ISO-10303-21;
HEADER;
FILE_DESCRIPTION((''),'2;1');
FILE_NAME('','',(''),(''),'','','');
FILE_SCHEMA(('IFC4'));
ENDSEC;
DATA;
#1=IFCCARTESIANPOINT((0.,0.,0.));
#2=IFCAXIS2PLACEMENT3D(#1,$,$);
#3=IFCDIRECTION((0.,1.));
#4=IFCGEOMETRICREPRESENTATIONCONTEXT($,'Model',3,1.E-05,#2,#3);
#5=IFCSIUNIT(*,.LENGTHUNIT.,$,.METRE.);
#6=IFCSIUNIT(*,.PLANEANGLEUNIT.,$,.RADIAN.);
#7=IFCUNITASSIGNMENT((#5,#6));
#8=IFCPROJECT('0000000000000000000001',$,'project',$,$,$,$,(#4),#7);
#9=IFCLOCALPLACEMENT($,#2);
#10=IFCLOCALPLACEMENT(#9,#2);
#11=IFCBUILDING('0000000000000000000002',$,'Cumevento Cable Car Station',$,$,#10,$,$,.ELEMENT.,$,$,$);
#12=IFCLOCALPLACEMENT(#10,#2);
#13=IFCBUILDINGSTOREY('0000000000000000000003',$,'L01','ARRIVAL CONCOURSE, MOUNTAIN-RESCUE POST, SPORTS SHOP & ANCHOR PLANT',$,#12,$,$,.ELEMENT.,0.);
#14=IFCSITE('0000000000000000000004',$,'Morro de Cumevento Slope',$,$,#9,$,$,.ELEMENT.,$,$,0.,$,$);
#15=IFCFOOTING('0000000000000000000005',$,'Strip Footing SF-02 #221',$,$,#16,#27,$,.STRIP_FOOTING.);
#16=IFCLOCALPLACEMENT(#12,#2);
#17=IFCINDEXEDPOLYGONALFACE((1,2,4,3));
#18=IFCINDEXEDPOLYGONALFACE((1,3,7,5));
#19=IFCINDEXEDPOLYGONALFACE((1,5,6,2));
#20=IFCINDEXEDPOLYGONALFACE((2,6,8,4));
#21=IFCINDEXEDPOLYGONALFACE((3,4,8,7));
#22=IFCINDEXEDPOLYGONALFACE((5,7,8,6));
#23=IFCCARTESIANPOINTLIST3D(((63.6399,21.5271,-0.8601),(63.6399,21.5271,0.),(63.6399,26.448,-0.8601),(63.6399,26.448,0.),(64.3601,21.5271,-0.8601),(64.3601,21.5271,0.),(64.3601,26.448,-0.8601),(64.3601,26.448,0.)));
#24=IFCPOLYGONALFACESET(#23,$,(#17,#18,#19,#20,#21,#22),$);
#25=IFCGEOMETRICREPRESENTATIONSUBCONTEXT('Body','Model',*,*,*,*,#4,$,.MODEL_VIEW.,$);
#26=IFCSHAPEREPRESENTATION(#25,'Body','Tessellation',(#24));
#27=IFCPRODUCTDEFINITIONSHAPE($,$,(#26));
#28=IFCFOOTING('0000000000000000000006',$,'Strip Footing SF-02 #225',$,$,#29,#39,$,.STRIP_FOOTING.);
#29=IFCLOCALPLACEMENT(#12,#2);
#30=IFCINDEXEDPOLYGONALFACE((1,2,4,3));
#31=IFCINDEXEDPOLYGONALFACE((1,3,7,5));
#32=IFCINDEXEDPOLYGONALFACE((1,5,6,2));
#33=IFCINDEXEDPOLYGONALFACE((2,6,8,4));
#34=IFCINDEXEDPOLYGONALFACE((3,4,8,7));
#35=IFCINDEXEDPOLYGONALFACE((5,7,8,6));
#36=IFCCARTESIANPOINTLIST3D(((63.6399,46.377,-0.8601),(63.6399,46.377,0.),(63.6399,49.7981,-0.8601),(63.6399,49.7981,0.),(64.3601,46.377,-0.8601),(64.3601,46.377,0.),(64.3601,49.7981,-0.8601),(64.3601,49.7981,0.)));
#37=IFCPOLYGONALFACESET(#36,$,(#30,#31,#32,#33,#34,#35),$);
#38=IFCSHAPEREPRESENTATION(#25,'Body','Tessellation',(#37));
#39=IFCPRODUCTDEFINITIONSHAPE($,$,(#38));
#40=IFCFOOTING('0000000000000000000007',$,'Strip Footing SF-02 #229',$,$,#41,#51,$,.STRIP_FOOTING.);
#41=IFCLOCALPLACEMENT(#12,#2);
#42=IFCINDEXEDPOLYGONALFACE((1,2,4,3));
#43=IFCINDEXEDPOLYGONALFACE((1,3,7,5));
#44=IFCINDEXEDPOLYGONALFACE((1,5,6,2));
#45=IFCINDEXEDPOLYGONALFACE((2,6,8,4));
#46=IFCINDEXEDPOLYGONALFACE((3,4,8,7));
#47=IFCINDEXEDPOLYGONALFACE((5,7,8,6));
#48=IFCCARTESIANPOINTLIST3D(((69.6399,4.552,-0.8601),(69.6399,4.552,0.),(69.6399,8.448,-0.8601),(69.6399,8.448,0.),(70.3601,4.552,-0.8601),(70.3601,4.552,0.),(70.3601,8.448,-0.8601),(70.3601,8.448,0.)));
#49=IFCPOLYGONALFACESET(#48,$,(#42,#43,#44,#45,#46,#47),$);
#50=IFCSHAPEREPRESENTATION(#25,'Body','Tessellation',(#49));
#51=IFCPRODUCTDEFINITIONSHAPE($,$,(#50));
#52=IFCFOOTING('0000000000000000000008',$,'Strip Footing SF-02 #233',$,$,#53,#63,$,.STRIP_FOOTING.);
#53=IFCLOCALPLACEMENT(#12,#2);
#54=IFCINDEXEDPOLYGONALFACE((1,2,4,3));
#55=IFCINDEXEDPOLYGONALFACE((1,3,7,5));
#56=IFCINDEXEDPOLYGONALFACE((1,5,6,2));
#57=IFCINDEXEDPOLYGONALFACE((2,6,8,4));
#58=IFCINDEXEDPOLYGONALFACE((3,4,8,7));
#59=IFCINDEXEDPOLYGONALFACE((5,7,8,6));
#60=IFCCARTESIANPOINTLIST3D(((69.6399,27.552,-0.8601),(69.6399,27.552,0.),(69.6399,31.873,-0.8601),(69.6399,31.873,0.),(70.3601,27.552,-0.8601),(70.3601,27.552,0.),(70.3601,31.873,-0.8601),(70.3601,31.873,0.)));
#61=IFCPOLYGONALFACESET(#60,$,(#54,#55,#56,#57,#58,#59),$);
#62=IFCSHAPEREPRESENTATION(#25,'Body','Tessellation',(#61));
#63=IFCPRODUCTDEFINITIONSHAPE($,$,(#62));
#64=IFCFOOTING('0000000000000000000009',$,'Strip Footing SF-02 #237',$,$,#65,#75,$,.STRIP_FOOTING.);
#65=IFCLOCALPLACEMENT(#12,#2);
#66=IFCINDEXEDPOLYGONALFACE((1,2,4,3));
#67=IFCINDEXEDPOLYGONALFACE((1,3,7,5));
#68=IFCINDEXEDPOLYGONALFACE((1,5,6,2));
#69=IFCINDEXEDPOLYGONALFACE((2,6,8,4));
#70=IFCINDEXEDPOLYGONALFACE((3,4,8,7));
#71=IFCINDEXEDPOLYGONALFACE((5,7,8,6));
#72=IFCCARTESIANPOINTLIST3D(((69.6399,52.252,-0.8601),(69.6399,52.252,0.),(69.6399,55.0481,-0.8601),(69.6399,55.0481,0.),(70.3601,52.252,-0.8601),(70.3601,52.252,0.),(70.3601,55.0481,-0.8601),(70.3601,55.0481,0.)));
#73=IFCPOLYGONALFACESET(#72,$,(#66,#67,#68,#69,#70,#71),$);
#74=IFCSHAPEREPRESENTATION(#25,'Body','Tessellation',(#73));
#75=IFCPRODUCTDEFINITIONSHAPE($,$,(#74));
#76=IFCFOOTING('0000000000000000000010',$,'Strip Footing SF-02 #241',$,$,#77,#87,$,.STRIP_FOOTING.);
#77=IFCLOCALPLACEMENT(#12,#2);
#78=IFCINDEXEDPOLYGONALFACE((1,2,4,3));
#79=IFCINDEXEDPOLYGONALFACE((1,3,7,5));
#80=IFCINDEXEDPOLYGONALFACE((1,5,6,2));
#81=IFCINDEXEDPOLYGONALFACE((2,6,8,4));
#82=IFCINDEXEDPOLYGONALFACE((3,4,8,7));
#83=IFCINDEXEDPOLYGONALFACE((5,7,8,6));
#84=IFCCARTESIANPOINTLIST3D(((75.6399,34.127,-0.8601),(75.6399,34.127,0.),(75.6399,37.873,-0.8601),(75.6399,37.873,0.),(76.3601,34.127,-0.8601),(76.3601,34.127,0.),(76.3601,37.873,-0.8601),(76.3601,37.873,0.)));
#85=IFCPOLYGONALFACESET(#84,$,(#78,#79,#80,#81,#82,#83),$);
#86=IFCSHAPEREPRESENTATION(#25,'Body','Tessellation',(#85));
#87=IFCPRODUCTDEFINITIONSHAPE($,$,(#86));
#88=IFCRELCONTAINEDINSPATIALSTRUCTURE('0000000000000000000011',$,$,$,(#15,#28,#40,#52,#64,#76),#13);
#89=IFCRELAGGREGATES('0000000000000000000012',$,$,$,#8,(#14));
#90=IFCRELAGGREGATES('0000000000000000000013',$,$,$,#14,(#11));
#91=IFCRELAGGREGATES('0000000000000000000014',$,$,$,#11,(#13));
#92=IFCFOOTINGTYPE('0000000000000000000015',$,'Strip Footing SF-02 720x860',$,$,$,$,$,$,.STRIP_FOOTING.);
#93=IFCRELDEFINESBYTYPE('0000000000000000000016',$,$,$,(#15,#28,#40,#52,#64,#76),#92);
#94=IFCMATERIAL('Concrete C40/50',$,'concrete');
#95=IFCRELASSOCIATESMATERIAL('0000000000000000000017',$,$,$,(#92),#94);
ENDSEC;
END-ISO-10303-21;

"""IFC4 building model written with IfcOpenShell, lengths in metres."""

from ifc_helpers import new_model, si_unit, direction, frame, origin, place, context, subcontext, project, spatial, polyline, outline, extrude, material, type_object, element, save


model = new_model("IFC4")

# Units and contexts
model_context = context("Model", 3, precision=1e-05, world=origin(), true_north=direction((0.0, 1.0)))
body_context = subcontext(model_context, "Body", "Model", "MODEL_VIEW")
ifc_project = project(units=[si_unit("LENGTHUNIT", "METRE"), si_unit("PLANEANGLEUNIT", "RADIAN")], contexts=[model_context])

# Site, building, storey
site_placement = place(None, origin())
site = spatial("IfcSite", under=ifc_project, at=site_placement, Name="Morro de Cumevento Slope", CompositionType="ELEMENT", RefElevation=0.0)
building_placement = place(site_placement, origin())
building = spatial("IfcBuilding", under=site, at=building_placement, Name="Cumevento Cable Car Station", CompositionType="ELEMENT")
storey_placement = place(building_placement, origin())
storey = spatial("IfcBuildingStorey", under=building, at=storey_placement, Name="L01", Description="ARRIVAL CONCOURSE, MOUNTAIN-RESCUE POST, SPORTS SHOP & ANCHOR PLANT", CompositionType="ELEMENT", Elevation=0.0)

# Footings
ifc_material = material(Name="Concrete C40/50", Category="concrete")
footing_type = type_object("IfcFootingType", Name="Strip Footing SF-02 720x860", PredefinedType="STRIP_FOOTING", material=ifc_material)
footing_1_placement = place(storey_placement, frame((0.0, 0.0, -0.8601)))
element("IfcFooting", 1, at=footing_1_placement, inside=storey, type_object=footing_type, Name="Strip Footing SF-02 #221", PredefinedType="STRIP_FOOTING", context=body_context, shape_type="SweptSolid", body=[
    extrude(outline(polyline([(63.6399, 21.5271), (64.3601, 21.5271), (64.3601, 26.448), (63.6399, 26.448), (63.6399, 21.5271)])), origin(), (0.0, 0.0, 1.0), 0.8601),
])
footing_2_placement = place(storey_placement, frame((0.0, 0.0, -0.8601)))
element("IfcFooting", 2, at=footing_2_placement, inside=storey, type_object=footing_type, Name="Strip Footing SF-02 #225", PredefinedType="STRIP_FOOTING", context=body_context, shape_type="SweptSolid", body=[
    extrude(outline(polyline([(63.6399, 46.377), (64.3601, 46.377), (64.3601, 49.7981), (63.6399, 49.7981), (63.6399, 46.377)])), origin(), (0.0, 0.0, 1.0), 0.8601),
])
footing_3_placement = place(storey_placement, frame((0.0, 0.0, -0.8601)))
element("IfcFooting", 3, at=footing_3_placement, inside=storey, type_object=footing_type, Name="Strip Footing SF-02 #229", PredefinedType="STRIP_FOOTING", context=body_context, shape_type="SweptSolid", body=[
    extrude(outline(polyline([(69.6399, 4.552), (70.3601, 4.552), (70.3601, 8.448), (69.6399, 8.448), (69.6399, 4.552)])), origin(), (0.0, 0.0, 1.0), 0.8601),
])
footing_4_placement = place(storey_placement, frame((0.0, 0.0, -0.8601)))
element("IfcFooting", 4, at=footing_4_placement, inside=storey, type_object=footing_type, Name="Strip Footing SF-02 #233", PredefinedType="STRIP_FOOTING", context=body_context, shape_type="SweptSolid", body=[
    extrude(outline(polyline([(69.6399, 27.552), (70.3601, 27.552), (70.3601, 31.873), (69.6399, 31.873), (69.6399, 27.552)])), origin(), (0.0, 0.0, 1.0), 0.8601),
])
footing_5_placement = place(storey_placement, frame((0.0, 0.0, -0.8601)))
element("IfcFooting", 5, at=footing_5_placement, inside=storey, type_object=footing_type, Name="Strip Footing SF-02 #237", PredefinedType="STRIP_FOOTING", context=body_context, shape_type="SweptSolid", body=[
    extrude(outline(polyline([(69.6399, 52.252), (70.3601, 52.252), (70.3601, 55.0481), (69.6399, 55.0481), (69.6399, 52.252)])), origin(), (0.0, 0.0, 1.0), 0.8601),
])
footing_6_placement = place(storey_placement, frame((0.0, 0.0, -0.8601)))
element("IfcFooting", 6, at=footing_6_placement, inside=storey, type_object=footing_type, Name="Strip Footing SF-02 #241", PredefinedType="STRIP_FOOTING", context=body_context, shape_type="SweptSolid", body=[
    extrude(outline(polyline([(75.6399, 34.127), (76.3601, 34.127), (76.3601, 37.873), (75.6399, 37.873), (75.6399, 34.127)])), origin(), (0.0, 0.0, 1.0), 0.8601),
])

save(model, "model.ifc")
